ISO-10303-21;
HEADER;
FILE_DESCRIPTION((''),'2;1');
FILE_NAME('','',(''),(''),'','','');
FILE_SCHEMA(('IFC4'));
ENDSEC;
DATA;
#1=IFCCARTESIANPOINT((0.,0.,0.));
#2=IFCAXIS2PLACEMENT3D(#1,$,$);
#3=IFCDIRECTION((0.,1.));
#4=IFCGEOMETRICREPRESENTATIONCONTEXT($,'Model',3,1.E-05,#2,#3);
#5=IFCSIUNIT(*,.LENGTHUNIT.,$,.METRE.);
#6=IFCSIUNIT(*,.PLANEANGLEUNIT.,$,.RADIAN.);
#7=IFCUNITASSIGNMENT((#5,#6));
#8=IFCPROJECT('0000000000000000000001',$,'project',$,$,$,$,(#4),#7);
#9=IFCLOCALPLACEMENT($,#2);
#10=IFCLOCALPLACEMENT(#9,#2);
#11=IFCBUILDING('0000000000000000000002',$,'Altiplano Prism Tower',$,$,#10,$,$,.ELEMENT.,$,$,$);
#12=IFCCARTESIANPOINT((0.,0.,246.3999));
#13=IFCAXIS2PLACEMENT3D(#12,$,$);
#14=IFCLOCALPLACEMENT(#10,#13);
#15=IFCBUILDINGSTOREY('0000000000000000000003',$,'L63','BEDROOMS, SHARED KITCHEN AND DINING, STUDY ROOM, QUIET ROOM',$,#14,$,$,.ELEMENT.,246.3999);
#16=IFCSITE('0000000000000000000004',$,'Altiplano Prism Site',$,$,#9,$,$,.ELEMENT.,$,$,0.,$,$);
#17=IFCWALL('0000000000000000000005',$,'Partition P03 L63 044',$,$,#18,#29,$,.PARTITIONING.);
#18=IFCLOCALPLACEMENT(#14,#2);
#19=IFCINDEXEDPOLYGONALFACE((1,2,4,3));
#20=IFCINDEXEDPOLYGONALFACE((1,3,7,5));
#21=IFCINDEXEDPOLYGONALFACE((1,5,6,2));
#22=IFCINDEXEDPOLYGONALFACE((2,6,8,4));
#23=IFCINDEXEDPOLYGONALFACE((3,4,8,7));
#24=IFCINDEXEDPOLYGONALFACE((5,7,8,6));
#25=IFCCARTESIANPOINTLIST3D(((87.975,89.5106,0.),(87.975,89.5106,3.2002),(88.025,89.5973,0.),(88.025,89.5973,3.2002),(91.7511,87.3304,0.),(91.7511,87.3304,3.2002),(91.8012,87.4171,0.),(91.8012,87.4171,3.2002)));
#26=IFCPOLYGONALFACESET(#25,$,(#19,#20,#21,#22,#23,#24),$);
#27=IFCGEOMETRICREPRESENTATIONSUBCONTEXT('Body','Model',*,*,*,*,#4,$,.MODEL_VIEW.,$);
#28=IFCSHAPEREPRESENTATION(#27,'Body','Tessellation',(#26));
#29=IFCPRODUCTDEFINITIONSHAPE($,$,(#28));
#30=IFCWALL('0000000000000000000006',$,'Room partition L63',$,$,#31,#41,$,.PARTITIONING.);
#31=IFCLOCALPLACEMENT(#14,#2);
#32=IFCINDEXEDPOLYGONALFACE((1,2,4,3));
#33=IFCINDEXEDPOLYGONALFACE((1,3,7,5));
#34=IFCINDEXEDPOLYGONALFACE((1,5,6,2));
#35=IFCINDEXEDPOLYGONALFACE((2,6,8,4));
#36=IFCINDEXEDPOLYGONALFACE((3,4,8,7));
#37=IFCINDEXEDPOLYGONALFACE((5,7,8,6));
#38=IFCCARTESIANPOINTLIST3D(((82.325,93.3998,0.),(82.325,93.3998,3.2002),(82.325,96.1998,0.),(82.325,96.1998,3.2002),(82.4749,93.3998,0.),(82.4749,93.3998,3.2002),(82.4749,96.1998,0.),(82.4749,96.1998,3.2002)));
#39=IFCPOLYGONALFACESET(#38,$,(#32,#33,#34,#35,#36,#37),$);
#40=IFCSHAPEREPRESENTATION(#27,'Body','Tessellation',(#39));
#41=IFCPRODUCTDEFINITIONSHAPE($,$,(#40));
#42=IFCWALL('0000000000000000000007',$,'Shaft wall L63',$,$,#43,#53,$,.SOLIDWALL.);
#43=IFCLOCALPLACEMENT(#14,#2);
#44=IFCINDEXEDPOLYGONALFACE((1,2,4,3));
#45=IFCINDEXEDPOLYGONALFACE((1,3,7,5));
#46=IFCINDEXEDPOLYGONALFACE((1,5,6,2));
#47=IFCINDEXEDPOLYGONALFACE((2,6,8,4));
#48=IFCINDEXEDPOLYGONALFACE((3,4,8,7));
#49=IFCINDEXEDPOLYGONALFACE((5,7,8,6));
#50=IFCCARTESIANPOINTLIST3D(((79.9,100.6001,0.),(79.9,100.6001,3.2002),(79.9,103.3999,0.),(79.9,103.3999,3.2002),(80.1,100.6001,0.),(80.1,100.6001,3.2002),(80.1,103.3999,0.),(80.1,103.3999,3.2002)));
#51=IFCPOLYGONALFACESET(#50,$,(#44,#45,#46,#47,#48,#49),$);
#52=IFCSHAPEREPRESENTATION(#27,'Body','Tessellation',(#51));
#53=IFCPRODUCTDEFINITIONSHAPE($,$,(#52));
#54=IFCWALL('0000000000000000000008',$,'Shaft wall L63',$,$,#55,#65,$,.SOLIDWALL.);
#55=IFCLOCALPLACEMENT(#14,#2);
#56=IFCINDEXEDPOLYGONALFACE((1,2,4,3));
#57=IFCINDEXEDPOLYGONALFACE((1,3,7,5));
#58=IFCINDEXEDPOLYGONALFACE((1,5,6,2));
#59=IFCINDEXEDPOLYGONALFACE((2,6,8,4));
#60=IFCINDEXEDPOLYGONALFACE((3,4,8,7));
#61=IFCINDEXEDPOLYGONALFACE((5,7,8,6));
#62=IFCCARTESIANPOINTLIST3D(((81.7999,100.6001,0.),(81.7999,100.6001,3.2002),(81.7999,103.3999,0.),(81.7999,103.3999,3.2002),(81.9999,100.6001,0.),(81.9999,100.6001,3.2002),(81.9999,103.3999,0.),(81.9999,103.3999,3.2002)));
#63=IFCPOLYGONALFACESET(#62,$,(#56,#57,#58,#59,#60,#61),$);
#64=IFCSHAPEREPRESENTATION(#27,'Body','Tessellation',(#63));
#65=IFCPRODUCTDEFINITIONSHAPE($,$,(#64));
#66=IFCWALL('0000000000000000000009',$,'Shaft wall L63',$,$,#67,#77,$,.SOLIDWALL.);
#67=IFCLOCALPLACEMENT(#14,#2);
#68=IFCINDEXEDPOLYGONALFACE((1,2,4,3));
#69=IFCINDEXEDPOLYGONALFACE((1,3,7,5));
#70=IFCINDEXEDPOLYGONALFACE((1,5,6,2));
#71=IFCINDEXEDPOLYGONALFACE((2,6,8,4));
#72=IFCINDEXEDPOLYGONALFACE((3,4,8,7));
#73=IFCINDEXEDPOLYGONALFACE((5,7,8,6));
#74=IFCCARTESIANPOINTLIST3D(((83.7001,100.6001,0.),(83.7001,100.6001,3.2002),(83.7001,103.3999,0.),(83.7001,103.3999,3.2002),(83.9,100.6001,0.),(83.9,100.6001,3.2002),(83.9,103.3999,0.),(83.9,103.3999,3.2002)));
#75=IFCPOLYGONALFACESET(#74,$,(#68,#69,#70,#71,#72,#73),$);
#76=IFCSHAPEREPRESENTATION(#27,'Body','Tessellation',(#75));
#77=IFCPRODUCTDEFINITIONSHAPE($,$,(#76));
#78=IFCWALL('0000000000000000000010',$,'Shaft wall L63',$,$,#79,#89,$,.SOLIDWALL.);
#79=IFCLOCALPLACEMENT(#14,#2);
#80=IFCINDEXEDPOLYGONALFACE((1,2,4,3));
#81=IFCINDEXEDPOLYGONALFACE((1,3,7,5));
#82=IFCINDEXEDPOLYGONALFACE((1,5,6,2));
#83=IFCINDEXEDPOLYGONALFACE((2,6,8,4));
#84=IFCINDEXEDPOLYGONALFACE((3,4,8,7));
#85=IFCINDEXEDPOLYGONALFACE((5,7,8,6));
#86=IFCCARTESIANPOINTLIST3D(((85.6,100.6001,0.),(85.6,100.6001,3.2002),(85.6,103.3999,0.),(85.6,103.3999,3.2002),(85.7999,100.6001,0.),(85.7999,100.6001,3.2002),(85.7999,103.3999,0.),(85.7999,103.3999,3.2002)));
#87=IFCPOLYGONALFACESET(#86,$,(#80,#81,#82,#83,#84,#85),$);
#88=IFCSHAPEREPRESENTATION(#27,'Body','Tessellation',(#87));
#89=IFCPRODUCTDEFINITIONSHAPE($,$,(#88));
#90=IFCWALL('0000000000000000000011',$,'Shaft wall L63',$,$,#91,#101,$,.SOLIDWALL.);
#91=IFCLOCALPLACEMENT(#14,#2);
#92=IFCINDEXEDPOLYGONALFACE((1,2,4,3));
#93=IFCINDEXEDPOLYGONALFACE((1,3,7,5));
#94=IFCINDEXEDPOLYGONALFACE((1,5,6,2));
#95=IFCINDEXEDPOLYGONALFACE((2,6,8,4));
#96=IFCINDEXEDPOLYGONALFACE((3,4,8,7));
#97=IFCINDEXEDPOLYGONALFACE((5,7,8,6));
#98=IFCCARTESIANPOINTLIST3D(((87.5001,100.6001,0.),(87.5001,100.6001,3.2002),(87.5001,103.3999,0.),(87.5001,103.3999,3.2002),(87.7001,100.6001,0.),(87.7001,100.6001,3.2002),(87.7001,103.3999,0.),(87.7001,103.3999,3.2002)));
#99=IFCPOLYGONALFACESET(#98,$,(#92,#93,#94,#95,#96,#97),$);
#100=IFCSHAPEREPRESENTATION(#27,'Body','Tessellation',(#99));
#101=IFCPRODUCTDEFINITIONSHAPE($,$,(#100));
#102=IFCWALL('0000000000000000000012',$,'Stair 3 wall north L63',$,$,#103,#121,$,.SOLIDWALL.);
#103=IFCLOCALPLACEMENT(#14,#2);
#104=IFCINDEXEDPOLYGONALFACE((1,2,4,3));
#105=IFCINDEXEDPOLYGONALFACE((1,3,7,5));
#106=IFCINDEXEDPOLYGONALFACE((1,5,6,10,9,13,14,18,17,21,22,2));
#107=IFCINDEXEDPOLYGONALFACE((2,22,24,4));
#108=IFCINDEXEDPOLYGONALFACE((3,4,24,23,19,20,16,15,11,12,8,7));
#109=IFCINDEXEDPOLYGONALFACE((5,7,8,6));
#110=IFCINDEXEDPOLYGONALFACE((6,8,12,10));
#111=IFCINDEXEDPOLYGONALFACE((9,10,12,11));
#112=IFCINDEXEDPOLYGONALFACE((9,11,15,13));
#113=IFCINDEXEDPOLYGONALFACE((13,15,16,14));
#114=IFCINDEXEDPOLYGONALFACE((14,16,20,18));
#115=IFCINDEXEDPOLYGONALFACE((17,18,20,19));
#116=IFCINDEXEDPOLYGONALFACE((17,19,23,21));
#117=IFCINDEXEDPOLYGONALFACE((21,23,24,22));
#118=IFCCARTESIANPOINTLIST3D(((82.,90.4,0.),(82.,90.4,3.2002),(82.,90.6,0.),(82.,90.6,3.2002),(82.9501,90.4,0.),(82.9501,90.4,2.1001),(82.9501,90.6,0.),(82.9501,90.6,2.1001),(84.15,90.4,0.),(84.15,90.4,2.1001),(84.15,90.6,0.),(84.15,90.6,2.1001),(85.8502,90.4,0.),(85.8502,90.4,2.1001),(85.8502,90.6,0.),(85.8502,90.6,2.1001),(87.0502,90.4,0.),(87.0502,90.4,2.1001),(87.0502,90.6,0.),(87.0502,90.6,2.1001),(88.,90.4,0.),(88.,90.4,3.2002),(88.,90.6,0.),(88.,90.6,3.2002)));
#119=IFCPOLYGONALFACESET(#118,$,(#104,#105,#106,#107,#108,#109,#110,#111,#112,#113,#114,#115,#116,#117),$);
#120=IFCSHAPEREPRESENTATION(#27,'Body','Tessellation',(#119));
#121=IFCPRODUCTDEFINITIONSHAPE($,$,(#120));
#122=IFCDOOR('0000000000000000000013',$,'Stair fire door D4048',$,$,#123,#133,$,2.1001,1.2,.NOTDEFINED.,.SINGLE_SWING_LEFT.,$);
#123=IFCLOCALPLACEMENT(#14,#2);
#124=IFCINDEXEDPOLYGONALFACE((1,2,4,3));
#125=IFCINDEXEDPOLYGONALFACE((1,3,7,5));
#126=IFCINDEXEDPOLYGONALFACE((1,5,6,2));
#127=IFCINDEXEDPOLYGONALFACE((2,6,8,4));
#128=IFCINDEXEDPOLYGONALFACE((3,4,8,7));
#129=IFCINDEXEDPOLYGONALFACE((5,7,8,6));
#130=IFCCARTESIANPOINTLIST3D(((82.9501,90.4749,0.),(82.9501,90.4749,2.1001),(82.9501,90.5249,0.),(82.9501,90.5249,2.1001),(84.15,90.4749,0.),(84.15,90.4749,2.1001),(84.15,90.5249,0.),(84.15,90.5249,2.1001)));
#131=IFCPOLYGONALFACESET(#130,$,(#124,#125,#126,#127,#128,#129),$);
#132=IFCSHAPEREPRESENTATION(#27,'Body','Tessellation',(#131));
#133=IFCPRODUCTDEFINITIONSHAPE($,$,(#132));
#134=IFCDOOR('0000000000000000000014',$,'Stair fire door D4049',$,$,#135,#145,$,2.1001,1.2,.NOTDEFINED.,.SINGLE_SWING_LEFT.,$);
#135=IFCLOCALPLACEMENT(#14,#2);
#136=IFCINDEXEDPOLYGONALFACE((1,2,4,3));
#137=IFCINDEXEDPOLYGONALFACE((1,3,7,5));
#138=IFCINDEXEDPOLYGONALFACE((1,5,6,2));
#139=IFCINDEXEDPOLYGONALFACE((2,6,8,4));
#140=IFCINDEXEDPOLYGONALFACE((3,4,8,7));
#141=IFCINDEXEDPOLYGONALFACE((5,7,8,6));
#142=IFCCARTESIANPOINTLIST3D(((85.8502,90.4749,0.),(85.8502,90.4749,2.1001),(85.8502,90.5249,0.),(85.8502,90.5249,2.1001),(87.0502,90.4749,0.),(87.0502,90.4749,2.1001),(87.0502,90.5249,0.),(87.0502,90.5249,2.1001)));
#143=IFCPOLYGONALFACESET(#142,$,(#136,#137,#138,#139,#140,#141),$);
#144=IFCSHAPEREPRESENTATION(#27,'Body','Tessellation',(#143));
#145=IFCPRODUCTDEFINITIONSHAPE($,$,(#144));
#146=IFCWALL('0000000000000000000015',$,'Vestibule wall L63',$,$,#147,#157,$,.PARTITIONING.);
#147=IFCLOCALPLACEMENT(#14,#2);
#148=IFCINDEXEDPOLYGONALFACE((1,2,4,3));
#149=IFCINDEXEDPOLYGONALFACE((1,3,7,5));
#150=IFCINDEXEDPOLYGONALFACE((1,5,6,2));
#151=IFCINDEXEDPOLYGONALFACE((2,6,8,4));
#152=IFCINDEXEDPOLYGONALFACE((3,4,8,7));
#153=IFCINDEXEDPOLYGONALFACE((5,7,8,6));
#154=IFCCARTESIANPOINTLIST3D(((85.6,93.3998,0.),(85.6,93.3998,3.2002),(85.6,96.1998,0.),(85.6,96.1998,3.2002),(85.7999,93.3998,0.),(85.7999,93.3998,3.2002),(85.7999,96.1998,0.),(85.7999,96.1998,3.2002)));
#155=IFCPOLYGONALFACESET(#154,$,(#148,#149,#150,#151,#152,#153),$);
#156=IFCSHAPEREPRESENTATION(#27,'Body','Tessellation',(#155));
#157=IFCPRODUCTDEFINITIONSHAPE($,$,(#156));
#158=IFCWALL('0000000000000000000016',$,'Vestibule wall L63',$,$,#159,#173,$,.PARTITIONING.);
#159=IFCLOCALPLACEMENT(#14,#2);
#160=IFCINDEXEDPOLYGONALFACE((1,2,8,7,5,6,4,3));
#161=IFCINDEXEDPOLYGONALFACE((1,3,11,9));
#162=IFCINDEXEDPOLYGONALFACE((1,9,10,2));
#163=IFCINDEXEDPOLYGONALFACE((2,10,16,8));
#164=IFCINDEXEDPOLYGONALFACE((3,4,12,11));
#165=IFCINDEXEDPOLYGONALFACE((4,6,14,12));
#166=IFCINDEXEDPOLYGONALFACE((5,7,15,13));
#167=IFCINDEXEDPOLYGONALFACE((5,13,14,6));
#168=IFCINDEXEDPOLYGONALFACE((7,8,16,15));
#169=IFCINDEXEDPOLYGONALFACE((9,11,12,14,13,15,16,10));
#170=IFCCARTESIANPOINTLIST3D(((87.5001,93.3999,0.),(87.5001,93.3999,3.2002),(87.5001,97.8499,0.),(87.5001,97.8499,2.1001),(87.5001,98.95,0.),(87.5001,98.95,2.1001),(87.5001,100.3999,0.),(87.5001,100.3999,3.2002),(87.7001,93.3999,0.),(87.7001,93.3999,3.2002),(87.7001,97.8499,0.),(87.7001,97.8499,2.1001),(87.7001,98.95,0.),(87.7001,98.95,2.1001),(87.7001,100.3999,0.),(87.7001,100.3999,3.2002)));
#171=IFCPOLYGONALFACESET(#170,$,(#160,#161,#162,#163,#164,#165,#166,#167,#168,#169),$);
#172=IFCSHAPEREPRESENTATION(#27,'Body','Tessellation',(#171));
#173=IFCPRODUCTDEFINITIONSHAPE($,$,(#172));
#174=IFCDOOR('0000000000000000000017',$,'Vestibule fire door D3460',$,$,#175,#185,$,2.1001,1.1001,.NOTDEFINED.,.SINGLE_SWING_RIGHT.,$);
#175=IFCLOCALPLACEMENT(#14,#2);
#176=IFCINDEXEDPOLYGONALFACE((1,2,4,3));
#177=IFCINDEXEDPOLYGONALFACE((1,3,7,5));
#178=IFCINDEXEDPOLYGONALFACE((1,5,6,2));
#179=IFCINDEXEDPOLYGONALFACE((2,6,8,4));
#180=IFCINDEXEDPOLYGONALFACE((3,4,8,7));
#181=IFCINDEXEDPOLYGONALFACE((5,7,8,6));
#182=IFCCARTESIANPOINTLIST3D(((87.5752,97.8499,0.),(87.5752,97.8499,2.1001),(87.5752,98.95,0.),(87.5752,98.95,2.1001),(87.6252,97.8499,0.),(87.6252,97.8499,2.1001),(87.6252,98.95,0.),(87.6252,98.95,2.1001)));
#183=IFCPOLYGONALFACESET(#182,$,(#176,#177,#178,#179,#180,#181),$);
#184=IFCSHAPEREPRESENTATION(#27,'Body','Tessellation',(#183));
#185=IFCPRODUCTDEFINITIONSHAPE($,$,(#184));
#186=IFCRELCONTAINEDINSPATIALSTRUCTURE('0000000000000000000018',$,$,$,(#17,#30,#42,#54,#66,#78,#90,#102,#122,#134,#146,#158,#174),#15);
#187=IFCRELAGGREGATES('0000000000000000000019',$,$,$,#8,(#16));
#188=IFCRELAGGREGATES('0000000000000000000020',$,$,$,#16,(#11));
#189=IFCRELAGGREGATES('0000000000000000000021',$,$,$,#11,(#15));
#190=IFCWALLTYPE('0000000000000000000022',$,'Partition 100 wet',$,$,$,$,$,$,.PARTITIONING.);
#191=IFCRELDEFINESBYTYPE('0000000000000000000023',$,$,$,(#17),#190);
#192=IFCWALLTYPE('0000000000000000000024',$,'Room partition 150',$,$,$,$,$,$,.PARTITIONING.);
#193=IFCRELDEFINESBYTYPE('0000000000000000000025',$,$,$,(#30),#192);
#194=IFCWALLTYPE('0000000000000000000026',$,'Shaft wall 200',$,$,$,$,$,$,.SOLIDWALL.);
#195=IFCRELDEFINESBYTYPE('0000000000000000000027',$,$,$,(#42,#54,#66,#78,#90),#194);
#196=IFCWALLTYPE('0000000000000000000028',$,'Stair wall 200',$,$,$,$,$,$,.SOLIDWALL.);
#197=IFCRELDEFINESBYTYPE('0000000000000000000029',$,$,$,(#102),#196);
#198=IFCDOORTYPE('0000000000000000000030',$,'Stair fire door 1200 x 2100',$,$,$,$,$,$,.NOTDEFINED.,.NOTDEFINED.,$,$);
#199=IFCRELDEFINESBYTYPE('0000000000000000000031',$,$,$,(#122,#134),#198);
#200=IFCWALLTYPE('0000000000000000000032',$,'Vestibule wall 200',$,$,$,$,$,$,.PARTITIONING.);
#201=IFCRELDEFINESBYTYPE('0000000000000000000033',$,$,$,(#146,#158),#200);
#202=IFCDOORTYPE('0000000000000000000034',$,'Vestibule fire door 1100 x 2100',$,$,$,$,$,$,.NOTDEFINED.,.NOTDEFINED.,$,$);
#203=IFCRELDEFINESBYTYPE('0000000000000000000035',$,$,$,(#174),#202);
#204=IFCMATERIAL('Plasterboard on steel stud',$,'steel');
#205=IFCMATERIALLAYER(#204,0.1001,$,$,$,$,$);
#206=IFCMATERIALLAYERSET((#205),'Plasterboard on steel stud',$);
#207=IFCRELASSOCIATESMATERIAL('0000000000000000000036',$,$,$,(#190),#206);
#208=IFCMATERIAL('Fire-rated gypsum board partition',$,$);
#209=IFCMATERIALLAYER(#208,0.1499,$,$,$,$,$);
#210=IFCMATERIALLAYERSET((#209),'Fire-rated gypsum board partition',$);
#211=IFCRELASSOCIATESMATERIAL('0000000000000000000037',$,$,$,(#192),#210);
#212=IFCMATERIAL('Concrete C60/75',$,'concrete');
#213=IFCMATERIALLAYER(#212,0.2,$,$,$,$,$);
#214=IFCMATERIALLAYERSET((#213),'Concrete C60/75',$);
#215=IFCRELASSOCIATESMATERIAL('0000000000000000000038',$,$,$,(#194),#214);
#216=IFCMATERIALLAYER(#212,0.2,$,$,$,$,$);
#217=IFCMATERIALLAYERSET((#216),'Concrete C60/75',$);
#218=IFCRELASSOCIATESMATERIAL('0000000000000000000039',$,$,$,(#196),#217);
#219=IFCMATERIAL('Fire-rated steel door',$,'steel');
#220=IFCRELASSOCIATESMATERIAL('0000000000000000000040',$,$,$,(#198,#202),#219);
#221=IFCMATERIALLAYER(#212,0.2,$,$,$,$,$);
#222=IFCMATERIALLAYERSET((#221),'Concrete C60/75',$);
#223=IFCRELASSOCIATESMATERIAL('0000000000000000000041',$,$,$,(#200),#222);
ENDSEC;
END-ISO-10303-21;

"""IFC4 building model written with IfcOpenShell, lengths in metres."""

from ifc_helpers import new_model, si_unit, direction, frame, frame_2d, origin, place, context, subcontext, project, spatial, rectangle, extrude, material, layer, layer_set, type_object, element, fill, save


model = new_model("IFC4")

# Units and contexts
model_context = context("Model", 3, precision=1e-05, world=origin(), true_north=direction((0.0, 1.0)))
body_context = subcontext(model_context, "Body", "Model", "MODEL_VIEW")
ifc_project = project(units=[si_unit("LENGTHUNIT", "METRE"), si_unit("PLANEANGLEUNIT", "RADIAN")], contexts=[model_context])

# Site, building, storey
site_placement = place(None, origin())
site = spatial("IfcSite", under=ifc_project, at=site_placement, Name="Altiplano Prism Site", CompositionType="ELEMENT", RefElevation=0.0)
building_placement = place(site_placement, origin())
building = spatial("IfcBuilding", under=site, at=building_placement, Name="Altiplano Prism Tower", CompositionType="ELEMENT")
storey_placement = place(building_placement, frame((0.0, 0.0, 246.3999)))
storey = spatial("IfcBuildingStorey", under=building, at=storey_placement, Name="L63", Description="BEDROOMS, SHARED KITCHEN AND DINING, STUDY ROOM, QUIET ROOM", CompositionType="ELEMENT", Elevation=246.3999)

# Walls
ifc_material_1 = material(Name="Plasterboard on steel stud", Category="steel")
ifc_layer_1 = layer(ifc_material_1, 0.1001)
ifc_layer_set_1 = layer_set([ifc_layer_1], Name="Plasterboard on steel stud")
wall_type_1 = type_object("IfcWallType", Name="Partition 100 wet", PredefinedType="PARTITIONING", material=ifc_layer_set_1)
wall_1_placement = place(storey_placement, frame((88.0, 89.554, 0.0), z_axis=(0.0, 0.0, 1.0), x_axis=(0.866022, -0.500005, 0.0)))
element("IfcWall", 1, at=wall_1_placement, inside=storey, type_object=wall_type_1, Name="Partition P03 L63 044", PredefinedType="PARTITIONING", context=body_context, shape_type="SweptSolid", body=[
    extrude(rectangle(XDim=4.3604, YDim=0.1001, at=frame_2d((2.1802, 0.0))), origin(), (0.0, 0.0, 1.0), 3.2002),
])
ifc_material_2 = material(Name="Fire-rated gypsum board partition")
ifc_layer_2 = layer(ifc_material_2, 0.1499)
ifc_layer_set_2 = layer_set([ifc_layer_2], Name="Fire-rated gypsum board partition")
wall_type_2 = type_object("IfcWallType", Name="Room partition 150", PredefinedType="PARTITIONING", material=ifc_layer_set_2)
wall_2_placement = place(storey_placement, frame((82.3999, 93.3999, 0.0), z_axis=(0.0, 0.0, 1.0), x_axis=(0.0, 1.0, 0.0)))
element("IfcWall", 2, at=wall_2_placement, inside=storey, type_object=wall_type_2, Name="Room partition L63", PredefinedType="PARTITIONING", context=body_context, shape_type="SweptSolid", body=[
    extrude(rectangle(XDim=2.8, YDim=0.1499, at=frame_2d((1.3999, 0.0))), origin(), (0.0, 0.0, 1.0), 3.2002),
])
ifc_material_3 = material(Name="Concrete C60/75", Category="concrete")
ifc_layer_3 = layer(ifc_material_3, 0.2)
ifc_layer_set_3 = layer_set([ifc_layer_3], Name="Concrete C60/75")
wall_type_3 = type_object("IfcWallType", Name="Shaft wall 200", PredefinedType="SOLIDWALL", material=ifc_layer_set_3)
for number, where, z_axis, x_axis, name in (
    (3, (80.0, 100.6001, 0.0), (0.0, 0.0, 1.0), (0.0, 1.0, 0.0), "Shaft wall L63"),
    (4, (81.8999, 100.6001, 0.0), (0.0, 0.0, 1.0), (0.0, 1.0, 0.0), "Shaft wall L63"),
    (5, (83.8, 100.6001, 0.0), (0.0, 0.0, 1.0), (0.0, 1.0, 0.0), "Shaft wall L63"),
    (6, (85.7, 100.6001, 0.0), (0.0, 0.0, 1.0), (0.0, 1.0, 0.0), "Shaft wall L63"),
    (7, (87.6001, 100.6001, 0.0), (0.0, 0.0, 1.0), (0.0, 1.0, 0.0), "Shaft wall L63"),
):
    element("IfcWall", number, at=place(storey_placement, frame(where, z_axis=z_axis, x_axis=x_axis)), inside=storey, type_object=wall_type_3, Name=name, PredefinedType="SOLIDWALL", context=body_context, shape_type="SweptSolid", body=[
        extrude(rectangle(XDim=2.7998, YDim=0.2, at=frame_2d((1.3999, 0.0))), origin(), (0.0, 0.0, 1.0), 3.2002),
    ])

# Wall, openings, doors
ifc_layer_4 = layer(ifc_material_3, 0.2)
ifc_layer_set_4 = layer_set([ifc_layer_4], Name="Concrete C60/75")
wall_type_4 = type_object("IfcWallType", Name="Stair wall 200", PredefinedType="SOLIDWALL", material=ifc_layer_set_4)
wall_3_placement = place(storey_placement, frame((82.0, 90.5, 0.0), z_axis=(0.0, 0.0, 1.0), x_axis=(1.0, 0.0, 0.0)))
wall_3 = element("IfcWall", 8, at=wall_3_placement, inside=storey, type_object=wall_type_4, Name="Stair 3 wall north L63", PredefinedType="SOLIDWALL", context=body_context, shape_type="SweptSolid", body=[
    extrude(rectangle(XDim=6.0, YDim=0.2, at=frame_2d((3.0, 0.0))), origin(), (0.0, 0.0, 1.0), 3.2002),
])
opening_1_placement = place(wall_3_placement, frame((0.95, 0.0, 0.0)))
opening_1 = element("IfcOpeningElement", 9, at=opening_1_placement, cuts=wall_3, PredefinedType="OPENING", context=body_context, shape_type="SweptSolid", body=[
    extrude(rectangle(XDim=1.2, YDim=2.1001, at=frame_2d((0.6001, 1.05))), frame((0.0, 0.1104, 0.0), z_axis=(0.0, -1.0, 0.0), x_axis=(1.0, 0.0, 0.0)), (0.0, 0.0, 1.0), 0.2209),
])
opening_2_placement = place(wall_3_placement, frame((3.8501, 0.0, 0.0)))
opening_2 = element("IfcOpeningElement", 10, at=opening_2_placement, cuts=wall_3, PredefinedType="OPENING", context=body_context, shape_type="SweptSolid", body=[
    extrude(rectangle(XDim=1.2, YDim=2.1001, at=frame_2d((0.6001, 1.05))), frame((0.0, 0.1104, 0.0), z_axis=(0.0, -1.0, 0.0), x_axis=(1.0, 0.0, 0.0)), (0.0, 0.0, 1.0), 0.2209),
])
ifc_material_4 = material(Name="Fire-rated steel door", Category="steel")
door_type_1 = type_object("IfcDoorType", Name="Stair fire door 1200 x 2100", OperationType="NOTDEFINED", PredefinedType="NOTDEFINED", material=ifc_material_4)
door_1_placement = place(opening_1_placement, origin())
door_1 = element("IfcDoor", 11, at=door_1_placement, inside=storey, type_object=door_type_1, Name="Stair fire door D4048", OperationType="SINGLE_SWING_LEFT", OverallHeight=2.1001, OverallWidth=1.2, PredefinedType="NOTDEFINED", context=body_context, shape_type="SweptSolid", body=[
    extrude(rectangle(XDim=1.2, YDim=2.1001, at=frame_2d((0.6001, 1.05))), frame((0.0, 0.0249, 0.0), z_axis=(0.0, -1.0, 0.0), x_axis=(1.0, 0.0, 0.0)), (0.0, 0.0, 1.0), 0.05),
])
fill(opening_1, door_1)
door_2_placement = place(opening_2_placement, origin())
door_2 = element("IfcDoor", 12, at=door_2_placement, inside=storey, type_object=door_type_1, Name="Stair fire door D4049", OperationType="SINGLE_SWING_LEFT", OverallHeight=2.1001, OverallWidth=1.2, PredefinedType="NOTDEFINED", context=body_context, shape_type="SweptSolid", body=[
    extrude(rectangle(XDim=1.2, YDim=2.1001, at=frame_2d((0.6001, 1.05))), frame((0.0, 0.0249, 0.0), z_axis=(0.0, -1.0, 0.0), x_axis=(1.0, 0.0, 0.0)), (0.0, 0.0, 1.0), 0.05),
])
fill(opening_2, door_2)

# Wall
ifc_layer_5 = layer(ifc_material_3, 0.2)
ifc_layer_set_5 = layer_set([ifc_layer_5], Name="Concrete C60/75")
wall_type_5 = type_object("IfcWallType", Name="Vestibule wall 200", PredefinedType="PARTITIONING", material=ifc_layer_set_5)
wall_4_placement = place(storey_placement, frame((85.7, 93.3999, 0.0), z_axis=(0.0, 0.0, 1.0), x_axis=(0.0, 1.0, 0.0)))
element("IfcWall", 13, at=wall_4_placement, inside=storey, type_object=wall_type_5, Name="Vestibule wall L63", PredefinedType="PARTITIONING", context=body_context, shape_type="SweptSolid", body=[
    extrude(rectangle(XDim=2.8, YDim=0.2, at=frame_2d((1.3999, 0.0))), origin(), (0.0, 0.0, 1.0), 3.2002),
])

# Wall, opening, door
wall_5_placement = place(storey_placement, frame((87.6001, 93.3999, 0.0), z_axis=(0.0, 0.0, 1.0), x_axis=(0.0, 1.0, 0.0)))
wall_5 = element("IfcWall", 14, at=wall_5_placement, inside=storey, type_object=wall_type_5, Name="Vestibule wall L63", PredefinedType="PARTITIONING", context=body_context, shape_type="SweptSolid", body=[
    extrude(rectangle(XDim=7.0, YDim=0.2, at=frame_2d((3.5, 0.0))), origin(), (0.0, 0.0, 1.0), 3.2002),
])
opening_3_placement = place(wall_5_placement, frame((4.45, 0.0, 0.0)))
opening_3 = element("IfcOpeningElement", 15, at=opening_3_placement, cuts=wall_5, PredefinedType="OPENING", context=body_context, shape_type="SweptSolid", body=[
    extrude(rectangle(XDim=1.1001, YDim=2.1001, at=frame_2d((0.55, 1.05))), frame((0.0, 0.1104, 0.0), z_axis=(0.0, -1.0, 0.0), x_axis=(1.0, 0.0, 0.0)), (0.0, 0.0, 1.0), 0.2209),
])
door_type_2 = type_object("IfcDoorType", Name="Vestibule fire door 1100 x 2100", OperationType="NOTDEFINED", PredefinedType="NOTDEFINED", material=ifc_material_4)
door_3_placement = place(opening_3_placement, origin())
door_3 = element("IfcDoor", 16, at=door_3_placement, inside=storey, type_object=door_type_2, Name="Vestibule fire door D3460", OperationType="SINGLE_SWING_RIGHT", OverallHeight=2.1001, OverallWidth=1.1001, PredefinedType="NOTDEFINED", context=body_context, shape_type="SweptSolid", body=[
    extrude(rectangle(XDim=1.1001, YDim=2.1001, at=frame_2d((0.55, 1.05))), frame((0.0, 0.0249, 0.0), z_axis=(0.0, -1.0, 0.0), x_axis=(1.0, 0.0, 0.0)), (0.0, 0.0, 1.0), 0.05),
])
fill(opening_3, door_3)

save(model, "model.ifc")
